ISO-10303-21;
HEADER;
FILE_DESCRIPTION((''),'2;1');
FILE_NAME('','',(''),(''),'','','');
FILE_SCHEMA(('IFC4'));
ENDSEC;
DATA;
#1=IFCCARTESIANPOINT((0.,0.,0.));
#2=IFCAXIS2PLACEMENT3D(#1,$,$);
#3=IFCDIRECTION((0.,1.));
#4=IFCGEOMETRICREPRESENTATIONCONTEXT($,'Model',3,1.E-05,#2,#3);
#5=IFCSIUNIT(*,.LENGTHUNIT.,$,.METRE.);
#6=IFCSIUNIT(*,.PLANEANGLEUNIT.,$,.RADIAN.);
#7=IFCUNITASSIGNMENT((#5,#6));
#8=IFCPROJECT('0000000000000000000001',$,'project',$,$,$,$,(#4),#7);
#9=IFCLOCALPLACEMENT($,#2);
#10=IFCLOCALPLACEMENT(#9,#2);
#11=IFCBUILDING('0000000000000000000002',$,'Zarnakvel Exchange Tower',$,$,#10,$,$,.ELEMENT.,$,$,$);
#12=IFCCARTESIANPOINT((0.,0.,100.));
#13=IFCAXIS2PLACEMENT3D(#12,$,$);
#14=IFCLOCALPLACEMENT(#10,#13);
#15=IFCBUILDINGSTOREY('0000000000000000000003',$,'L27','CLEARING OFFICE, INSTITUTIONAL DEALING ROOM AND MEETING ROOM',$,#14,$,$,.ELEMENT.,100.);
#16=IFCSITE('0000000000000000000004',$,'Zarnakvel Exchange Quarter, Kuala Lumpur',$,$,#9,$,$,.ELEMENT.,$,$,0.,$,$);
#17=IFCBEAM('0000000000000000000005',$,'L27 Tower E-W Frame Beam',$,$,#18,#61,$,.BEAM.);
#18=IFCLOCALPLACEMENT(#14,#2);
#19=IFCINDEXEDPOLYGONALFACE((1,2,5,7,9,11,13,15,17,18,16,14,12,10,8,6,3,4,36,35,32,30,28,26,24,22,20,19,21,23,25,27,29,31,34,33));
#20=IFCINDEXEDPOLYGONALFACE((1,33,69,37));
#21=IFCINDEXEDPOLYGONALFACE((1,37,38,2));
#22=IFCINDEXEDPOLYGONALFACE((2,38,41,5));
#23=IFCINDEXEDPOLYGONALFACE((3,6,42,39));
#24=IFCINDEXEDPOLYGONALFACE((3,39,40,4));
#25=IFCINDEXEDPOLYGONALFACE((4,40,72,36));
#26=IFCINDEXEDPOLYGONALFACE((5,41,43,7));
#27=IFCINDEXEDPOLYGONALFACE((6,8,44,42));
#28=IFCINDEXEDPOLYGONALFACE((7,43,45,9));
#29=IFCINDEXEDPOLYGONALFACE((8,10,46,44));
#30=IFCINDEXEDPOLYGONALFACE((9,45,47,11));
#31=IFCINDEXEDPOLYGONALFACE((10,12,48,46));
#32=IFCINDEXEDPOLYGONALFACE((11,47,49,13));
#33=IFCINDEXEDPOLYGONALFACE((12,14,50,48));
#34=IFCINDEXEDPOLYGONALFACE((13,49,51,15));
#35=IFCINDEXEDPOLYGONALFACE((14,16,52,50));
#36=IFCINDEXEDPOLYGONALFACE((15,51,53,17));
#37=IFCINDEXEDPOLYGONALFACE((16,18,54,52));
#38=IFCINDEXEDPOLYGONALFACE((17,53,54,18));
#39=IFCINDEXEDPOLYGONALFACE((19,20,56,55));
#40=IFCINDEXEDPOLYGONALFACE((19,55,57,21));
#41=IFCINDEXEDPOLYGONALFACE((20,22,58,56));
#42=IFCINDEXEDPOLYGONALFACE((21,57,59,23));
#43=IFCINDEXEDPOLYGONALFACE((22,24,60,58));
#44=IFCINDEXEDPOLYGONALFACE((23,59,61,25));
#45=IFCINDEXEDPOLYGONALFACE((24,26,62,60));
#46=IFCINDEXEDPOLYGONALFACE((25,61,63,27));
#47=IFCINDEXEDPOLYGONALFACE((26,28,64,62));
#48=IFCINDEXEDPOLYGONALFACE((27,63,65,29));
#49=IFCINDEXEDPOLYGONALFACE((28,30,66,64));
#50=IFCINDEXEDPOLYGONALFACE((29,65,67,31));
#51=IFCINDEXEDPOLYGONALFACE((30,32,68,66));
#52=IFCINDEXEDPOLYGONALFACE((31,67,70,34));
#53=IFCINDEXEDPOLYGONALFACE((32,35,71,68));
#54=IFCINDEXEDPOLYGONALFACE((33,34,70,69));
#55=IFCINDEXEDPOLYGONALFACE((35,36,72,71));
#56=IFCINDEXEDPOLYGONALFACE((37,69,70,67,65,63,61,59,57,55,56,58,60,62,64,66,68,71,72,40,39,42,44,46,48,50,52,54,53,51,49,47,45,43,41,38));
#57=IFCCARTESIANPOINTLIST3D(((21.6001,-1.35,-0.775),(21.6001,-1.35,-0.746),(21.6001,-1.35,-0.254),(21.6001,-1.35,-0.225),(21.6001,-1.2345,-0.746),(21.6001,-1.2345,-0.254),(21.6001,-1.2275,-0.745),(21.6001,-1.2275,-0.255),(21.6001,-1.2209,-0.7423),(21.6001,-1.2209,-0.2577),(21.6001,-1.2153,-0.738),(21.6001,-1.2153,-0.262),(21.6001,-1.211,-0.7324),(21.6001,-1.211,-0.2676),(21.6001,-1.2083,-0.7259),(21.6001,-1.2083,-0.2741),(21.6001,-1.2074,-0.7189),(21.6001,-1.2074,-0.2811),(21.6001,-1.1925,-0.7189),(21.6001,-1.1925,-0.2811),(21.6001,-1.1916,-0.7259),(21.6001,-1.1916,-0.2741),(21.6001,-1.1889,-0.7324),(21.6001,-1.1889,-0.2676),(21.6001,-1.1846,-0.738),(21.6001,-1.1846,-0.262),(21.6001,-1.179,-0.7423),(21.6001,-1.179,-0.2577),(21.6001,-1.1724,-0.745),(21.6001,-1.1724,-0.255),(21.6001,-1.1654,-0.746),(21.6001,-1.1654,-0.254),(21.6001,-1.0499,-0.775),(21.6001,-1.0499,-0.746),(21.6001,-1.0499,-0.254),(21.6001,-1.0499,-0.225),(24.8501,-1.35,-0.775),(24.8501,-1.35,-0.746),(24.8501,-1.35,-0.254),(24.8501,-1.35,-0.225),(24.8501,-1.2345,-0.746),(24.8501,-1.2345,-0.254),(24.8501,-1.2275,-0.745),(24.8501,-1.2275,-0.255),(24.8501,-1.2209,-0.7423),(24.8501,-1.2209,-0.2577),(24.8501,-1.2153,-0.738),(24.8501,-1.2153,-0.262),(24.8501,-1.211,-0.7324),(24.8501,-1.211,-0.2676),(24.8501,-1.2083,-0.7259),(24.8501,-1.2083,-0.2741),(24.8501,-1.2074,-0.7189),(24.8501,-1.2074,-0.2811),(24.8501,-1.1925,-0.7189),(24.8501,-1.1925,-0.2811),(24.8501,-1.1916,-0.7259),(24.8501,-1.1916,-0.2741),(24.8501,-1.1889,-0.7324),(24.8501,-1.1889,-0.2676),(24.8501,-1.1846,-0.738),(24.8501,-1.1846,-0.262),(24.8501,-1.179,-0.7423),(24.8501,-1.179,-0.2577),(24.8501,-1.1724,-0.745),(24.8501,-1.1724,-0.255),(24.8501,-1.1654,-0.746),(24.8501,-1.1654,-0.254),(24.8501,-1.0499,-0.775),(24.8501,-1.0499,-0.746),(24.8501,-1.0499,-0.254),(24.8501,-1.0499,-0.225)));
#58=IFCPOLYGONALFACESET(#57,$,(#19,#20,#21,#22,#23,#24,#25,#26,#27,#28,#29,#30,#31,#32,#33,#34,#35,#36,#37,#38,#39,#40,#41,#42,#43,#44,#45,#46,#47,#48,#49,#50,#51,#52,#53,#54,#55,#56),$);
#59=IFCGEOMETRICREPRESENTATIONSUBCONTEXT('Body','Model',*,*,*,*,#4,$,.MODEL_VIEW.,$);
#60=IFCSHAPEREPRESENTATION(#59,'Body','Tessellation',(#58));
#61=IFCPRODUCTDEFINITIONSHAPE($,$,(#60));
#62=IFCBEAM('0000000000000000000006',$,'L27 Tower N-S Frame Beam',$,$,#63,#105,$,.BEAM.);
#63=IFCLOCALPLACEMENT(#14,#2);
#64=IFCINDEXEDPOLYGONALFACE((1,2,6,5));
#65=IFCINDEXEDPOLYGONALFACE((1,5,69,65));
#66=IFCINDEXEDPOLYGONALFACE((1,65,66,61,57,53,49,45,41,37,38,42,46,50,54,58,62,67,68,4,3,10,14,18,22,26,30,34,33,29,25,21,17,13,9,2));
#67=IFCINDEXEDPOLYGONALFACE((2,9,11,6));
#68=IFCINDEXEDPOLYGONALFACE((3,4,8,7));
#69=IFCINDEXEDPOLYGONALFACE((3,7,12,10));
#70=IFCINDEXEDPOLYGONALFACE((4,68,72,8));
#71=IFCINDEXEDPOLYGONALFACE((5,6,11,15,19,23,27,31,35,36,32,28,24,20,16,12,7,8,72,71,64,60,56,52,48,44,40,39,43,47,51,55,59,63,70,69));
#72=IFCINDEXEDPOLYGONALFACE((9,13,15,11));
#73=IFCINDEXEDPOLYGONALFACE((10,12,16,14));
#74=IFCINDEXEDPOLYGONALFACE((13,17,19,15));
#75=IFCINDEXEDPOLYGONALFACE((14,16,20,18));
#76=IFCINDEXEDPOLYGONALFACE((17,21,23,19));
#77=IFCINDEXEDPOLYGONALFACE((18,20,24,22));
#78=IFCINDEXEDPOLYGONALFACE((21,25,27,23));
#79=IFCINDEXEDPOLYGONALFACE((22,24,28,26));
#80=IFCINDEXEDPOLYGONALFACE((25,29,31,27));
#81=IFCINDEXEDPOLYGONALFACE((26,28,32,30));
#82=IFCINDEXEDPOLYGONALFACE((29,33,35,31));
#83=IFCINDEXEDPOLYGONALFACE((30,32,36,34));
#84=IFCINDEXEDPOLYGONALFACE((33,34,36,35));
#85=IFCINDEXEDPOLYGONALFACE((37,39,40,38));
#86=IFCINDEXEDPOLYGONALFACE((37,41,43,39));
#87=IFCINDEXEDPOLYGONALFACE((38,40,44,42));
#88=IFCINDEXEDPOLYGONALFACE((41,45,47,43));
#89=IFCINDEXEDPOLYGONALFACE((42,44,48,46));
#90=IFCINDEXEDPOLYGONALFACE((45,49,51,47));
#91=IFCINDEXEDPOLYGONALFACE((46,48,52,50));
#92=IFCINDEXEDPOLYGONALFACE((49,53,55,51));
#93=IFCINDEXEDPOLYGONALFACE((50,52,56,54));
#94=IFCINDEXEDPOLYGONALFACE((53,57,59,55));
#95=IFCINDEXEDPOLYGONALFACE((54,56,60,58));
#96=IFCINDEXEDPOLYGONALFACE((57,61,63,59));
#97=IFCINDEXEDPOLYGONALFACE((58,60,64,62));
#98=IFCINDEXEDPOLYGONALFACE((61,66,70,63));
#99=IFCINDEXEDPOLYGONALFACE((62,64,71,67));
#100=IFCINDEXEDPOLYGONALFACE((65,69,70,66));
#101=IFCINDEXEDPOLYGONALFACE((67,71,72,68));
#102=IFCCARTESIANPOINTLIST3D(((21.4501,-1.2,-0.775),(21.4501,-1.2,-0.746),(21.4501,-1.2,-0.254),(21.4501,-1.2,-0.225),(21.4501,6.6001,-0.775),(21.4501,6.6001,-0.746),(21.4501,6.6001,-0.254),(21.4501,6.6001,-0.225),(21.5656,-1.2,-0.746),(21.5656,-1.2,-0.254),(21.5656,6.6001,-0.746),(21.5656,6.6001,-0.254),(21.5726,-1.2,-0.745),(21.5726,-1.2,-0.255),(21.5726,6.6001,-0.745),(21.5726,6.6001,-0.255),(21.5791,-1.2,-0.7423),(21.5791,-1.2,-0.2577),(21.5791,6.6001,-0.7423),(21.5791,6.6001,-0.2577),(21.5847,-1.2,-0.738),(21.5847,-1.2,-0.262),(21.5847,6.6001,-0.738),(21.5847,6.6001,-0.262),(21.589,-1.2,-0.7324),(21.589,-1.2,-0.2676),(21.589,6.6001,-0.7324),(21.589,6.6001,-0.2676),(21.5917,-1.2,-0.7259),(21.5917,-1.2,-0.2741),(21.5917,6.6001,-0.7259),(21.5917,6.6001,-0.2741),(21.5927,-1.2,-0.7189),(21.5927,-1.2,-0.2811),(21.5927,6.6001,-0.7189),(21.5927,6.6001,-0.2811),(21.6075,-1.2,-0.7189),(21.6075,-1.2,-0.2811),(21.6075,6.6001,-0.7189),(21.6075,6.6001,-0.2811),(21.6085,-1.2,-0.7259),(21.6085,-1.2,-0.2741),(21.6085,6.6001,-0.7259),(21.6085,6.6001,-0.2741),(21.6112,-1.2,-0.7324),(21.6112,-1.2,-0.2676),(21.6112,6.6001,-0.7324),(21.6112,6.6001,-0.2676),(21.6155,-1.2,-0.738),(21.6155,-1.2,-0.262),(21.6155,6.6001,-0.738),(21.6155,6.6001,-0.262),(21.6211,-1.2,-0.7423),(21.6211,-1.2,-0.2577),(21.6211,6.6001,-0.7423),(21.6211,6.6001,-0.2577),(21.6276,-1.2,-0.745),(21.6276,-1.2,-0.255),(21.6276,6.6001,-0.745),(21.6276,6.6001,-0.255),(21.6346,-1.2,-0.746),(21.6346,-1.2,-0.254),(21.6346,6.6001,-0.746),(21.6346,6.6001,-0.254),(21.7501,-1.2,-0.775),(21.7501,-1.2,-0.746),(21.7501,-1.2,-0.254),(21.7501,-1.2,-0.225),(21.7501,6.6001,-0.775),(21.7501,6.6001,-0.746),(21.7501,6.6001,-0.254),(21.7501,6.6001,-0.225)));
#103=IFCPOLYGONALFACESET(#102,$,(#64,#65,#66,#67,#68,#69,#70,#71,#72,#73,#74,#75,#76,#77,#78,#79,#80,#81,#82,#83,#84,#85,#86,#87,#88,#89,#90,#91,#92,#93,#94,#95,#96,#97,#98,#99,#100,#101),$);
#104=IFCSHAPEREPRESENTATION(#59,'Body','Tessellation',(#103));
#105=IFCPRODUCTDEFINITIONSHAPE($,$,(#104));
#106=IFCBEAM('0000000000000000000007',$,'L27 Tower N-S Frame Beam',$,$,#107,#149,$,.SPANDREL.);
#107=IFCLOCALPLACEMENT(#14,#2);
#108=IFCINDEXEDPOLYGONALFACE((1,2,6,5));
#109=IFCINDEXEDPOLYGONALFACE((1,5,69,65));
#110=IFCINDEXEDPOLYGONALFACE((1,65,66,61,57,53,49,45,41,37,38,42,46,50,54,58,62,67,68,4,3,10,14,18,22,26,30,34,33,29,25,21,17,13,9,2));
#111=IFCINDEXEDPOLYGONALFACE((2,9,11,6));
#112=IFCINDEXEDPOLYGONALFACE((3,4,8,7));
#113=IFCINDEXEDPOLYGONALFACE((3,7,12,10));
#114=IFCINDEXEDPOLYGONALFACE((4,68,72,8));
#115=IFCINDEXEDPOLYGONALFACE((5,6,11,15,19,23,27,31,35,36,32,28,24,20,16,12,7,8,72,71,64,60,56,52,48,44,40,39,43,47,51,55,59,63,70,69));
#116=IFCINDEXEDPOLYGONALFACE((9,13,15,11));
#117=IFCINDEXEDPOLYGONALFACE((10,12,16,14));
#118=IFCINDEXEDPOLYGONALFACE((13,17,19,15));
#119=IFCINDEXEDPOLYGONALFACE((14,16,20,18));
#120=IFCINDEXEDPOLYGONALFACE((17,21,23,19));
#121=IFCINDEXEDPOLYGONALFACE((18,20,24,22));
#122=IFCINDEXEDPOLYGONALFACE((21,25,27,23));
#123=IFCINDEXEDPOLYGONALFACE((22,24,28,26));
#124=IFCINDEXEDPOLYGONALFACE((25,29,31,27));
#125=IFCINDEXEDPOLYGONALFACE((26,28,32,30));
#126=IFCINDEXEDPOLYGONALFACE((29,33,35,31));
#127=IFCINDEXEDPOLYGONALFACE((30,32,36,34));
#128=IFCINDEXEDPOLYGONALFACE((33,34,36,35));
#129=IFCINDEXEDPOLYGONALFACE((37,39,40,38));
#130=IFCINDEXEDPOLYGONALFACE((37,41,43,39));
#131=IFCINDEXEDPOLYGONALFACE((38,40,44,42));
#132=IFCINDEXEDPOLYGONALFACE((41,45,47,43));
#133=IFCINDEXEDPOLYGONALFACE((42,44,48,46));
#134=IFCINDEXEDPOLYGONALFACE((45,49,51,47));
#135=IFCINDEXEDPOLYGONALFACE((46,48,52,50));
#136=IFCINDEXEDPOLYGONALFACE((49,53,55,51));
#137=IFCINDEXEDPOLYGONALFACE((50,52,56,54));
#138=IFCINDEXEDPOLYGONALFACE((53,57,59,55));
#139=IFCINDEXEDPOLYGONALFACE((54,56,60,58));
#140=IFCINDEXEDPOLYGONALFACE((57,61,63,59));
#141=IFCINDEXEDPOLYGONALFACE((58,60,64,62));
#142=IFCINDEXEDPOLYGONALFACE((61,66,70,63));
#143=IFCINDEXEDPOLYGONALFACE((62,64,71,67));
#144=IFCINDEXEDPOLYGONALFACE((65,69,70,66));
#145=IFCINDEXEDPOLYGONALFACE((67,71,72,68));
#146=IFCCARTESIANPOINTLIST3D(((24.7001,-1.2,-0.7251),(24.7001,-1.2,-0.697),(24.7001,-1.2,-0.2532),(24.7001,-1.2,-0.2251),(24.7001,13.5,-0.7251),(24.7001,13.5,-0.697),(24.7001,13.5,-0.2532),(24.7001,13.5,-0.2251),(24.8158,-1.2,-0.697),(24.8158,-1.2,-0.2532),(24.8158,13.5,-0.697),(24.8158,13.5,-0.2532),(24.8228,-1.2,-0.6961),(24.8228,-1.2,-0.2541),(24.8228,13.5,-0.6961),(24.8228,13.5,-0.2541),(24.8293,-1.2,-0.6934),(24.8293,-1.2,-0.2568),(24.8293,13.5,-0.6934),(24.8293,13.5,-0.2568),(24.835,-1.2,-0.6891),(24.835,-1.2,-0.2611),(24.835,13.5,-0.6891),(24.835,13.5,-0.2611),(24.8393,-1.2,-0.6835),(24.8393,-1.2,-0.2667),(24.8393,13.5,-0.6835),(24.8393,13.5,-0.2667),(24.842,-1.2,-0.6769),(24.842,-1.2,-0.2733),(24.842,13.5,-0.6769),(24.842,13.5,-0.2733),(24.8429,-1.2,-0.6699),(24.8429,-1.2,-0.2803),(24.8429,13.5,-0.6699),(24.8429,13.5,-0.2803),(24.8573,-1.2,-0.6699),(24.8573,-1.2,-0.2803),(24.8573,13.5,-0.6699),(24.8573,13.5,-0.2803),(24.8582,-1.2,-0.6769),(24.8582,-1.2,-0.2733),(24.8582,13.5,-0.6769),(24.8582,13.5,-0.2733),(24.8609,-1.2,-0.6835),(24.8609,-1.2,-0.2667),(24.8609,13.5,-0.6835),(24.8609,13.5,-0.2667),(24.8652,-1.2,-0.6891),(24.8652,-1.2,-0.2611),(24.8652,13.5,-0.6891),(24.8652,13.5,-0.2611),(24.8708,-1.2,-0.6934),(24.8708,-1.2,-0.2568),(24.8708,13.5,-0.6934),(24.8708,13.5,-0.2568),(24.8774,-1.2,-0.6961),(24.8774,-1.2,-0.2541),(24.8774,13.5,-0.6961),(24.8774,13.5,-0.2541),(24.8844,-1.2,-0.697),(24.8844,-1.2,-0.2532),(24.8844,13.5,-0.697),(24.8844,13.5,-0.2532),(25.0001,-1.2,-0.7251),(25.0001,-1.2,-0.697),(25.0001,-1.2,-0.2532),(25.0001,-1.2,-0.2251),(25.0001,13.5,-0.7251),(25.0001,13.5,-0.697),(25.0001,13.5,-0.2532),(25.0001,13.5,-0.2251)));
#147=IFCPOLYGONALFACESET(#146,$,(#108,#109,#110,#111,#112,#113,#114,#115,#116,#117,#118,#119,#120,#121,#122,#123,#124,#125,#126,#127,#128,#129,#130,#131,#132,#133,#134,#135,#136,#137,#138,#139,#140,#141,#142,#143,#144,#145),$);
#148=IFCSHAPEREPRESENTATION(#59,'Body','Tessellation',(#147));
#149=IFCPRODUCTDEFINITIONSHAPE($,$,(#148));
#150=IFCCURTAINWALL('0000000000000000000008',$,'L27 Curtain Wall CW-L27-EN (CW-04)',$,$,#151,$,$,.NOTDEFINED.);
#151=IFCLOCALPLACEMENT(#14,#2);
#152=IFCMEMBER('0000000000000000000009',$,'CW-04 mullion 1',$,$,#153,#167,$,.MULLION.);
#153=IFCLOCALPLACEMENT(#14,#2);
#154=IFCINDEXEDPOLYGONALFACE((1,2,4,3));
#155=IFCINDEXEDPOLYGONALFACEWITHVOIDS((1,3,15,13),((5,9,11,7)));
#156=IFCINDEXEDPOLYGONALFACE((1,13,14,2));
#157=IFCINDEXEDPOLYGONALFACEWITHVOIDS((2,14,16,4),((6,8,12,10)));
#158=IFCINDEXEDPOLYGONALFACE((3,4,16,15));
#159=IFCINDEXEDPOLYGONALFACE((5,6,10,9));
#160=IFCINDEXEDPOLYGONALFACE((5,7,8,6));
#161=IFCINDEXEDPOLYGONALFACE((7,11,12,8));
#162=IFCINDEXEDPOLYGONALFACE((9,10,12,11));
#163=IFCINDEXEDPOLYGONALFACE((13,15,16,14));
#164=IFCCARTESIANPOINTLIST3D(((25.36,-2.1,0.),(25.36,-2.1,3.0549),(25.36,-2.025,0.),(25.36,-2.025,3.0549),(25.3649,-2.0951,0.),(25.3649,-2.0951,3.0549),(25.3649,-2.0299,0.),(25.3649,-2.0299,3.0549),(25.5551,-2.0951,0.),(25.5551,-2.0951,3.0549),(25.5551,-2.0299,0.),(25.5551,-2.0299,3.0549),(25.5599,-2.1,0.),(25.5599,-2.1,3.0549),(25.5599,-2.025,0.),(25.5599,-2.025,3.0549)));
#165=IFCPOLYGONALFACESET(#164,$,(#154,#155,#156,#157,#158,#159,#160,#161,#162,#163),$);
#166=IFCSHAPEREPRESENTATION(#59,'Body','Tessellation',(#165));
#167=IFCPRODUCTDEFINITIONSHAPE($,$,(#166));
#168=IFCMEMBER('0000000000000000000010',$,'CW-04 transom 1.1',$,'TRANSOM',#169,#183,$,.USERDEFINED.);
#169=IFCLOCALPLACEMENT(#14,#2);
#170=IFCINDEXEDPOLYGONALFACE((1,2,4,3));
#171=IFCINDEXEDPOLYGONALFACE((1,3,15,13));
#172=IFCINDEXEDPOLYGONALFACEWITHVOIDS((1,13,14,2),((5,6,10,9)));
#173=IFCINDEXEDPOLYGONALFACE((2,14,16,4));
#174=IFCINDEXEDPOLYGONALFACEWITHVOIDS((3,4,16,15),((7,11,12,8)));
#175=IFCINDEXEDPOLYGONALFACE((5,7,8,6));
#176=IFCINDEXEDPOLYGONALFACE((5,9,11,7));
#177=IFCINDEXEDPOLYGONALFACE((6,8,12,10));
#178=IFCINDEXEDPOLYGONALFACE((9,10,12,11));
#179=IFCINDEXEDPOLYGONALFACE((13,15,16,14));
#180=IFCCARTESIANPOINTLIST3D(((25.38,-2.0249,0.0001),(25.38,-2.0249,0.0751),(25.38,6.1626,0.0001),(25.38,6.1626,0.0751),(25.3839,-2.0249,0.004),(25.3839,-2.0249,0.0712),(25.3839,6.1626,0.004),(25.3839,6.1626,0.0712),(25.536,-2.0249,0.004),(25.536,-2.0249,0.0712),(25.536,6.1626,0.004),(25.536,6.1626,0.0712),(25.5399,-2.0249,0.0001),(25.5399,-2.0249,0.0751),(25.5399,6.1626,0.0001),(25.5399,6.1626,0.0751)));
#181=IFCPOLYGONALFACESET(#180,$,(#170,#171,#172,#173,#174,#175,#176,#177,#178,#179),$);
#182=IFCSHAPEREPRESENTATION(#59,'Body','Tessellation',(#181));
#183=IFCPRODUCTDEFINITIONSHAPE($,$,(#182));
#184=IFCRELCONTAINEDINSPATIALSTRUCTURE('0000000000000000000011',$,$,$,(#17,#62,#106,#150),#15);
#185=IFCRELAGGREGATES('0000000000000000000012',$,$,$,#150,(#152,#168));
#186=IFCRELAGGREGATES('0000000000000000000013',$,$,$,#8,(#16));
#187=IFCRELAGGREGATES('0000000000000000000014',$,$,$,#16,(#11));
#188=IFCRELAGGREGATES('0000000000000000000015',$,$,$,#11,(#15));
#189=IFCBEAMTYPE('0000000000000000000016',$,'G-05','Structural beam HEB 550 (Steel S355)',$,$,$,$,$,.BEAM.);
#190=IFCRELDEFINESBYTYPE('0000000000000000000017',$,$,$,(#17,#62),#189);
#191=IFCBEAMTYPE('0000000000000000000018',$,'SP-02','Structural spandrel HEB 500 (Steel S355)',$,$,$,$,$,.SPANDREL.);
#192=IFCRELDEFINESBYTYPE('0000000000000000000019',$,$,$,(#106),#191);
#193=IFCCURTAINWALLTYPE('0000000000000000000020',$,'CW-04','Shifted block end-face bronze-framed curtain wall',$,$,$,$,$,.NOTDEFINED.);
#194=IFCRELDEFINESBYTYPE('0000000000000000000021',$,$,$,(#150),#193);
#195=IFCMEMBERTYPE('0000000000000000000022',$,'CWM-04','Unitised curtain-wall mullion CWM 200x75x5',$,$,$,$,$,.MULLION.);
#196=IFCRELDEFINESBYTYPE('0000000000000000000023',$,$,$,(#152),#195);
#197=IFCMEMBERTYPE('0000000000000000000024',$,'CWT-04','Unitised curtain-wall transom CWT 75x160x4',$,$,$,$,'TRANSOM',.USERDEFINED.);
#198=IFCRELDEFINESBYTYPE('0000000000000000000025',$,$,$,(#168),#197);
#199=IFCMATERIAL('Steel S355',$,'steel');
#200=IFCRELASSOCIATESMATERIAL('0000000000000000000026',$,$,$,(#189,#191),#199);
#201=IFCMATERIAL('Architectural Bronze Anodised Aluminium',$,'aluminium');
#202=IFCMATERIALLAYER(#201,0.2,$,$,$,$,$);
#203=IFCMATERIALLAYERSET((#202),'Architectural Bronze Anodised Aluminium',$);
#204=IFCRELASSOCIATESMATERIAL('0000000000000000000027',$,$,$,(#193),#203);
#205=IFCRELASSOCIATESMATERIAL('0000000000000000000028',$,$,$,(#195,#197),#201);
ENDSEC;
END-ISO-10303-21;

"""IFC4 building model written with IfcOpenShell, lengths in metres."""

from ifc_helpers import new_model, si_unit, direction, frame, origin, origin_2d, place, context, subcontext, project, spatial, hollow_rectangle, i_section, extrude, source, transform, mapped, material, layer, layer_set, material_profile, profile_set, type_object, element, aggregate, save


model = new_model("IFC4")

# Units and contexts
model_context = context("Model", 3, precision=1e-05, world=origin(), true_north=direction((0.0, 1.0)))
body_context = subcontext(model_context, "Body", "Model", "MODEL_VIEW")
ifc_project = project(units=[si_unit("LENGTHUNIT", "METRE"), si_unit("PLANEANGLEUNIT", "RADIAN")], contexts=[model_context])

# Site, building, storey
site_placement = place(None, origin())
site = spatial("IfcSite", under=ifc_project, at=site_placement, Name="Zarnakvel Exchange Quarter, Kuala Lumpur", CompositionType="ELEMENT", RefElevation=0.0)
building_placement = place(site_placement, origin())
building = spatial("IfcBuilding", under=site, at=building_placement, Name="Zarnakvel Exchange Tower", CompositionType="ELEMENT")
storey_placement = place(building_placement, frame((0.0, 0.0, 100.0)))
storey = spatial("IfcBuildingStorey", under=building, at=storey_placement, Name="L27", Description="CLEARING OFFICE, INSTITUTIONAL DEALING ROOM AND MEETING ROOM", CompositionType="ELEMENT", Elevation=100.0)

# Shared definitions
ifc_material_1 = material(Name="Steel S355", Category="steel")

# Beams
ifc_material_profile_1 = material_profile(ifc_material_1, i_section(OverallWidth=0.3, OverallDepth=0.55, WebThickness=0.0149, FlangeThickness=0.0291, FilletRadius=0.0271, at=origin_2d()))
ifc_profile_set_1 = profile_set([ifc_material_profile_1], Name="Steel S355")
beam_type_1 = type_object("IfcBeamType", Name="G-05", Description="Structural beam HEB 550 (Steel S355)", PredefinedType="BEAM", material=ifc_profile_set_1)
beam_1_placement = place(storey_placement, frame((21.6001, -1.2, -0.5), z_axis=(1.0, 0.0, 0.0), x_axis=(0.0, 1.0, 0.0)))
element("IfcBeam", 1, at=beam_1_placement, inside=storey, type_object=beam_type_1, Name="L27 Tower E-W Frame Beam", PredefinedType="BEAM", context=body_context, shape_type="SweptSolid", body=[
    extrude(i_section(OverallWidth=0.3, OverallDepth=0.55, WebThickness=0.0149, FlangeThickness=0.0291, FilletRadius=0.0271, at=origin_2d()), origin(), (0.0, 0.0, 1.0), 3.25),
])
beam_2_placement = place(storey_placement, frame((21.6001, -1.2, -0.5), z_axis=(0.0, 1.0, 0.0), x_axis=(-1.0, 0.0, 0.0)))
element("IfcBeam", 2, at=beam_2_placement, inside=storey, type_object=beam_type_1, Name="L27 Tower N-S Frame Beam", PredefinedType="BEAM", context=body_context, shape_type="SweptSolid", body=[
    extrude(i_section(OverallWidth=0.3, OverallDepth=0.55, WebThickness=0.0149, FlangeThickness=0.0291, FilletRadius=0.0271, at=origin_2d()), origin(), (0.0, 0.0, 1.0), 7.8),
])
ifc_material_profile_2 = material_profile(ifc_material_1, i_section(OverallWidth=0.3, OverallDepth=0.5, WebThickness=0.0144, FlangeThickness=0.0281, FilletRadius=0.0271, at=origin_2d()))
ifc_profile_set_2 = profile_set([ifc_material_profile_2], Name="Steel S355")
beam_type_2 = type_object("IfcBeamType", Name="SP-02", Description="Structural spandrel HEB 500 (Steel S355)", PredefinedType="SPANDREL", material=ifc_profile_set_2)
beam_3_placement = place(storey_placement, frame((24.8501, -1.2, -0.4751), z_axis=(0.0, 1.0, 0.0), x_axis=(-1.0, 0.0, 0.0)))
element("IfcBeam", 3, at=beam_3_placement, inside=storey, type_object=beam_type_2, Name="L27 Tower N-S Frame Beam", PredefinedType="SPANDREL", context=body_context, shape_type="SweptSolid", body=[
    extrude(i_section(OverallWidth=0.3, OverallDepth=0.5, WebThickness=0.0144, FlangeThickness=0.0281, FilletRadius=0.0271, at=origin_2d()), origin(), (0.0, 0.0, 1.0), 14.7),
])

# Curtain wall, members
ifc_material_2 = material(Name="Architectural Bronze Anodised Aluminium", Category="aluminium")
ifc_layer_1 = layer(ifc_material_2, 0.2)
ifc_layer_set_1 = layer_set([ifc_layer_1], Name="Architectural Bronze Anodised Aluminium")
curtain_wall_type = type_object("IfcCurtainWallType", Name="CW-04", Description="Shifted block end-face bronze-framed curtain wall", PredefinedType="NOTDEFINED", material=ifc_layer_set_1)
curtain_wall_placement = place(storey_placement, origin())
curtain_wall = element("IfcCurtainWall", 4, at=curtain_wall_placement, inside=storey, type_object=curtain_wall_type, Name="L27 Curtain Wall CW-L27-EN (CW-04)", PredefinedType="NOTDEFINED")
ifc_material_profile_3 = material_profile(ifc_material_2, hollow_rectangle(XDim=0.2, YDim=0.075, WallThickness=0.0049, at=origin_2d()))
ifc_profile_set_3 = profile_set([ifc_material_profile_3], Name="Architectural Bronze Anodised Aluminium")
member_type_1 = type_object("IfcMemberType", Name="CWM-04", Description="Unitised curtain-wall mullion CWM 200x75x5", PredefinedType="MULLION", material=ifc_profile_set_3)
shared_shape_1 = source(origin(), body_context, "Body", "SweptSolid", [
    extrude(hollow_rectangle(XDim=0.2, YDim=0.075, WallThickness=0.0049, at=origin_2d()), origin(), (0.0, 0.0, 1.0), 3.0549),
])
member_1_placement = place(storey_placement, frame((25.46, -2.0625, 0.0), z_axis=(0.0, 0.0, 1.0), x_axis=(-1.0, 0.0, 0.0)))
member_1 = element("IfcMember", 5, at=member_1_placement, type_object=member_type_1, Name="CW-04 mullion 1", PredefinedType="MULLION", context=body_context, shape_type="MappedRepresentation", body=[
    mapped(shared_shape_1, transform((0.0, 0.0, 0.0), x_axis=(1.0, 0.0, 0.0), y_axis=(0.0, 1.0, 0.0), z_axis=(0.0, 0.0, 1.0), scale=1.0)),
])
ifc_material_profile_4 = material_profile(ifc_material_2, hollow_rectangle(XDim=0.1599, YDim=0.075, WallThickness=0.0039, at=origin_2d()))
ifc_profile_set_4 = profile_set([ifc_material_profile_4], Name="Architectural Bronze Anodised Aluminium")
member_type_2 = type_object("IfcMemberType", Name="CWT-04", Description="Unitised curtain-wall transom CWT 75x160x4", ElementType="TRANSOM", PredefinedType="USERDEFINED", material=ifc_profile_set_4)
shared_shape_2 = source(origin(), body_context, "Body", "SweptSolid", [
    extrude(hollow_rectangle(XDim=0.1599, YDim=0.075, WallThickness=0.0039, at=origin_2d()), origin(), (0.0, 0.0, 1.0), 8.1875),
])
member_2_placement = place(storey_placement, frame((25.46, -2.0249, 0.0376), z_axis=(0.0, 1.0, 0.0), x_axis=(-1.0, 0.0, 0.0)))
member_2 = element("IfcMember", 6, at=member_2_placement, type_object=member_type_2, Name="CW-04 transom 1.1", ObjectType="TRANSOM", PredefinedType="USERDEFINED", context=body_context, shape_type="MappedRepresentation", body=[
    mapped(shared_shape_2, transform((0.0, 0.0, 0.0), x_axis=(1.0, 0.0, 0.0), y_axis=(0.0, 1.0, 0.0), z_axis=(0.0, 0.0, 1.0), scale=1.0)),
])
aggregate(curtain_wall, [member_1, member_2])

save(model, "model.ifc")
